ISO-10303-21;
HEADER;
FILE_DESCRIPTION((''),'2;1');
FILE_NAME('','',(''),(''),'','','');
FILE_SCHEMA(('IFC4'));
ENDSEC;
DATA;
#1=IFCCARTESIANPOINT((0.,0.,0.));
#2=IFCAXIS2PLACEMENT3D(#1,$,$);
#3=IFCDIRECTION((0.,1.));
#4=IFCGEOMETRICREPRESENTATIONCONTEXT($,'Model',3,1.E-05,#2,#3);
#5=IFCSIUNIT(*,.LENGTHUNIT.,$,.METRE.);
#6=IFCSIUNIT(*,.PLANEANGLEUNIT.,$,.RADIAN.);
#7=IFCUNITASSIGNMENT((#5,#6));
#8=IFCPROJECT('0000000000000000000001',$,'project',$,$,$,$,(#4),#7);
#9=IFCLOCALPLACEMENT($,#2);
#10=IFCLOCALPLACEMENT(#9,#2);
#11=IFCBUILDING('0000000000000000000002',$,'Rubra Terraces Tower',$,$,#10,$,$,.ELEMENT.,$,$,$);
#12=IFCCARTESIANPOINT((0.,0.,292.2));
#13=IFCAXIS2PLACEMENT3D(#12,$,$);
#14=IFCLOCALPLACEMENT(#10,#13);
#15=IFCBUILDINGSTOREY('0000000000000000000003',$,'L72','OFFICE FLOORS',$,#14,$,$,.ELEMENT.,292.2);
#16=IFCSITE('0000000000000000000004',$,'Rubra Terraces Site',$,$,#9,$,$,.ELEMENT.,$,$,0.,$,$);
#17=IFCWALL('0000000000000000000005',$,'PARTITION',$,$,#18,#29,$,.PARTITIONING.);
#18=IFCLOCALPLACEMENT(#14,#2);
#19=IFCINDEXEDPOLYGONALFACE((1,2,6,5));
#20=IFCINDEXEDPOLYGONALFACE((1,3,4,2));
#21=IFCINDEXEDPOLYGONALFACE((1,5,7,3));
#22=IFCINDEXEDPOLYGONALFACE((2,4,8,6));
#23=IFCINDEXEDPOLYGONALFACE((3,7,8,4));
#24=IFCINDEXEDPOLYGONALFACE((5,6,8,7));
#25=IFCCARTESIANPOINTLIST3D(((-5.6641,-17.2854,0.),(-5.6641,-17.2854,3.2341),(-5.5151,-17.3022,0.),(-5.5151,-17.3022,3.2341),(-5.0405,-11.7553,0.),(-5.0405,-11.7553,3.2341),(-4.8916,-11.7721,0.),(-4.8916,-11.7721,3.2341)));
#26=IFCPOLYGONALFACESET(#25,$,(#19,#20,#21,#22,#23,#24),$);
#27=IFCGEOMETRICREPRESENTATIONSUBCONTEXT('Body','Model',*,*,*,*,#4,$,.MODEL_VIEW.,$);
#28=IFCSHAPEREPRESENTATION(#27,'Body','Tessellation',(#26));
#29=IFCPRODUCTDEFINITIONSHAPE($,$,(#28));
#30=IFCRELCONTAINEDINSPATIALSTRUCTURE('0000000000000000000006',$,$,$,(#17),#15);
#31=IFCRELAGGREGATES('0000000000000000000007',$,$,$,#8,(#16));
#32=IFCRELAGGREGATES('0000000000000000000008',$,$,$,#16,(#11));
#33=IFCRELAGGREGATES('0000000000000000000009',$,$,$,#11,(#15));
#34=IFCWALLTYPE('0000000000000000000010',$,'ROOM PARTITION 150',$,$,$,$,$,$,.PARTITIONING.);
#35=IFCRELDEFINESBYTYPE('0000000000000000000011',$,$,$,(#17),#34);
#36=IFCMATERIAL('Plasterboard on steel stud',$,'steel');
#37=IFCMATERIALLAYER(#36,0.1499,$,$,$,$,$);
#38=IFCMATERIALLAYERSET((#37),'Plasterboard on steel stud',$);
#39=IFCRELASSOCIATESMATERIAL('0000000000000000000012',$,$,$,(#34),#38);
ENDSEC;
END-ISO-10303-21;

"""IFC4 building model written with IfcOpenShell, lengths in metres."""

from ifc_helpers import new_model, si_unit, direction, frame, frame_2d, origin, place, context, subcontext, project, spatial, rectangle, extrude, material, layer, layer_set, type_object, element, save


model = new_model("IFC4")

# Units and contexts
model_context = context("Model", 3, precision=1e-05, world=origin(), true_north=direction((0.0, 1.0)))
body_context = subcontext(model_context, "Body", "Model", "MODEL_VIEW")
ifc_project = project(units=[si_unit("LENGTHUNIT", "METRE"), si_unit("PLANEANGLEUNIT", "RADIAN")], contexts=[model_context])

# Site, building, storey
site_placement = place(None, origin())
site = spatial("IfcSite", under=ifc_project, at=site_placement, Name="Rubra Terraces Site", CompositionType="ELEMENT", RefElevation=0.0)
building_placement = place(site_placement, origin())
building = spatial("IfcBuilding", under=site, at=building_placement, Name="Rubra Terraces Tower", CompositionType="ELEMENT")
storey_placement = place(building_placement, frame((0.0, 0.0, 292.2)))
storey = spatial("IfcBuildingStorey", under=building, at=storey_placement, Name="L72", Description="OFFICE FLOORS", CompositionType="ELEMENT", Elevation=292.2)

# Wall
ifc_material_1 = material(Name="Plasterboard on steel stud", Category="steel")
ifc_layer_1 = layer(ifc_material_1, 0.1499)
ifc_layer_set_1 = layer_set([ifc_layer_1], Name="Plasterboard on steel stud")
wall_type_1 = type_object("IfcWallType", Name="ROOM PARTITION 150", PredefinedType="PARTITIONING", material=ifc_layer_set_1)
wall_1_placement = place(storey_placement, frame((-5.5896, -17.2939, 0.0), z_axis=(0.0, 0.0, 1.0), x_axis=(0.112044, 0.993703, 0.0)))
element("IfcWall", 1, at=wall_1_placement, inside=storey, type_object=wall_type_1, Name="PARTITION", PredefinedType="PARTITIONING", context=body_context, shape_type="SweptSolid", body=[
    extrude(rectangle(XDim=5.5652, YDim=0.1499, at=frame_2d((2.7827, 0.0))), origin(), (0.0, 0.0, 1.0), 3.2341),
])

save(model, "model.ifc")
